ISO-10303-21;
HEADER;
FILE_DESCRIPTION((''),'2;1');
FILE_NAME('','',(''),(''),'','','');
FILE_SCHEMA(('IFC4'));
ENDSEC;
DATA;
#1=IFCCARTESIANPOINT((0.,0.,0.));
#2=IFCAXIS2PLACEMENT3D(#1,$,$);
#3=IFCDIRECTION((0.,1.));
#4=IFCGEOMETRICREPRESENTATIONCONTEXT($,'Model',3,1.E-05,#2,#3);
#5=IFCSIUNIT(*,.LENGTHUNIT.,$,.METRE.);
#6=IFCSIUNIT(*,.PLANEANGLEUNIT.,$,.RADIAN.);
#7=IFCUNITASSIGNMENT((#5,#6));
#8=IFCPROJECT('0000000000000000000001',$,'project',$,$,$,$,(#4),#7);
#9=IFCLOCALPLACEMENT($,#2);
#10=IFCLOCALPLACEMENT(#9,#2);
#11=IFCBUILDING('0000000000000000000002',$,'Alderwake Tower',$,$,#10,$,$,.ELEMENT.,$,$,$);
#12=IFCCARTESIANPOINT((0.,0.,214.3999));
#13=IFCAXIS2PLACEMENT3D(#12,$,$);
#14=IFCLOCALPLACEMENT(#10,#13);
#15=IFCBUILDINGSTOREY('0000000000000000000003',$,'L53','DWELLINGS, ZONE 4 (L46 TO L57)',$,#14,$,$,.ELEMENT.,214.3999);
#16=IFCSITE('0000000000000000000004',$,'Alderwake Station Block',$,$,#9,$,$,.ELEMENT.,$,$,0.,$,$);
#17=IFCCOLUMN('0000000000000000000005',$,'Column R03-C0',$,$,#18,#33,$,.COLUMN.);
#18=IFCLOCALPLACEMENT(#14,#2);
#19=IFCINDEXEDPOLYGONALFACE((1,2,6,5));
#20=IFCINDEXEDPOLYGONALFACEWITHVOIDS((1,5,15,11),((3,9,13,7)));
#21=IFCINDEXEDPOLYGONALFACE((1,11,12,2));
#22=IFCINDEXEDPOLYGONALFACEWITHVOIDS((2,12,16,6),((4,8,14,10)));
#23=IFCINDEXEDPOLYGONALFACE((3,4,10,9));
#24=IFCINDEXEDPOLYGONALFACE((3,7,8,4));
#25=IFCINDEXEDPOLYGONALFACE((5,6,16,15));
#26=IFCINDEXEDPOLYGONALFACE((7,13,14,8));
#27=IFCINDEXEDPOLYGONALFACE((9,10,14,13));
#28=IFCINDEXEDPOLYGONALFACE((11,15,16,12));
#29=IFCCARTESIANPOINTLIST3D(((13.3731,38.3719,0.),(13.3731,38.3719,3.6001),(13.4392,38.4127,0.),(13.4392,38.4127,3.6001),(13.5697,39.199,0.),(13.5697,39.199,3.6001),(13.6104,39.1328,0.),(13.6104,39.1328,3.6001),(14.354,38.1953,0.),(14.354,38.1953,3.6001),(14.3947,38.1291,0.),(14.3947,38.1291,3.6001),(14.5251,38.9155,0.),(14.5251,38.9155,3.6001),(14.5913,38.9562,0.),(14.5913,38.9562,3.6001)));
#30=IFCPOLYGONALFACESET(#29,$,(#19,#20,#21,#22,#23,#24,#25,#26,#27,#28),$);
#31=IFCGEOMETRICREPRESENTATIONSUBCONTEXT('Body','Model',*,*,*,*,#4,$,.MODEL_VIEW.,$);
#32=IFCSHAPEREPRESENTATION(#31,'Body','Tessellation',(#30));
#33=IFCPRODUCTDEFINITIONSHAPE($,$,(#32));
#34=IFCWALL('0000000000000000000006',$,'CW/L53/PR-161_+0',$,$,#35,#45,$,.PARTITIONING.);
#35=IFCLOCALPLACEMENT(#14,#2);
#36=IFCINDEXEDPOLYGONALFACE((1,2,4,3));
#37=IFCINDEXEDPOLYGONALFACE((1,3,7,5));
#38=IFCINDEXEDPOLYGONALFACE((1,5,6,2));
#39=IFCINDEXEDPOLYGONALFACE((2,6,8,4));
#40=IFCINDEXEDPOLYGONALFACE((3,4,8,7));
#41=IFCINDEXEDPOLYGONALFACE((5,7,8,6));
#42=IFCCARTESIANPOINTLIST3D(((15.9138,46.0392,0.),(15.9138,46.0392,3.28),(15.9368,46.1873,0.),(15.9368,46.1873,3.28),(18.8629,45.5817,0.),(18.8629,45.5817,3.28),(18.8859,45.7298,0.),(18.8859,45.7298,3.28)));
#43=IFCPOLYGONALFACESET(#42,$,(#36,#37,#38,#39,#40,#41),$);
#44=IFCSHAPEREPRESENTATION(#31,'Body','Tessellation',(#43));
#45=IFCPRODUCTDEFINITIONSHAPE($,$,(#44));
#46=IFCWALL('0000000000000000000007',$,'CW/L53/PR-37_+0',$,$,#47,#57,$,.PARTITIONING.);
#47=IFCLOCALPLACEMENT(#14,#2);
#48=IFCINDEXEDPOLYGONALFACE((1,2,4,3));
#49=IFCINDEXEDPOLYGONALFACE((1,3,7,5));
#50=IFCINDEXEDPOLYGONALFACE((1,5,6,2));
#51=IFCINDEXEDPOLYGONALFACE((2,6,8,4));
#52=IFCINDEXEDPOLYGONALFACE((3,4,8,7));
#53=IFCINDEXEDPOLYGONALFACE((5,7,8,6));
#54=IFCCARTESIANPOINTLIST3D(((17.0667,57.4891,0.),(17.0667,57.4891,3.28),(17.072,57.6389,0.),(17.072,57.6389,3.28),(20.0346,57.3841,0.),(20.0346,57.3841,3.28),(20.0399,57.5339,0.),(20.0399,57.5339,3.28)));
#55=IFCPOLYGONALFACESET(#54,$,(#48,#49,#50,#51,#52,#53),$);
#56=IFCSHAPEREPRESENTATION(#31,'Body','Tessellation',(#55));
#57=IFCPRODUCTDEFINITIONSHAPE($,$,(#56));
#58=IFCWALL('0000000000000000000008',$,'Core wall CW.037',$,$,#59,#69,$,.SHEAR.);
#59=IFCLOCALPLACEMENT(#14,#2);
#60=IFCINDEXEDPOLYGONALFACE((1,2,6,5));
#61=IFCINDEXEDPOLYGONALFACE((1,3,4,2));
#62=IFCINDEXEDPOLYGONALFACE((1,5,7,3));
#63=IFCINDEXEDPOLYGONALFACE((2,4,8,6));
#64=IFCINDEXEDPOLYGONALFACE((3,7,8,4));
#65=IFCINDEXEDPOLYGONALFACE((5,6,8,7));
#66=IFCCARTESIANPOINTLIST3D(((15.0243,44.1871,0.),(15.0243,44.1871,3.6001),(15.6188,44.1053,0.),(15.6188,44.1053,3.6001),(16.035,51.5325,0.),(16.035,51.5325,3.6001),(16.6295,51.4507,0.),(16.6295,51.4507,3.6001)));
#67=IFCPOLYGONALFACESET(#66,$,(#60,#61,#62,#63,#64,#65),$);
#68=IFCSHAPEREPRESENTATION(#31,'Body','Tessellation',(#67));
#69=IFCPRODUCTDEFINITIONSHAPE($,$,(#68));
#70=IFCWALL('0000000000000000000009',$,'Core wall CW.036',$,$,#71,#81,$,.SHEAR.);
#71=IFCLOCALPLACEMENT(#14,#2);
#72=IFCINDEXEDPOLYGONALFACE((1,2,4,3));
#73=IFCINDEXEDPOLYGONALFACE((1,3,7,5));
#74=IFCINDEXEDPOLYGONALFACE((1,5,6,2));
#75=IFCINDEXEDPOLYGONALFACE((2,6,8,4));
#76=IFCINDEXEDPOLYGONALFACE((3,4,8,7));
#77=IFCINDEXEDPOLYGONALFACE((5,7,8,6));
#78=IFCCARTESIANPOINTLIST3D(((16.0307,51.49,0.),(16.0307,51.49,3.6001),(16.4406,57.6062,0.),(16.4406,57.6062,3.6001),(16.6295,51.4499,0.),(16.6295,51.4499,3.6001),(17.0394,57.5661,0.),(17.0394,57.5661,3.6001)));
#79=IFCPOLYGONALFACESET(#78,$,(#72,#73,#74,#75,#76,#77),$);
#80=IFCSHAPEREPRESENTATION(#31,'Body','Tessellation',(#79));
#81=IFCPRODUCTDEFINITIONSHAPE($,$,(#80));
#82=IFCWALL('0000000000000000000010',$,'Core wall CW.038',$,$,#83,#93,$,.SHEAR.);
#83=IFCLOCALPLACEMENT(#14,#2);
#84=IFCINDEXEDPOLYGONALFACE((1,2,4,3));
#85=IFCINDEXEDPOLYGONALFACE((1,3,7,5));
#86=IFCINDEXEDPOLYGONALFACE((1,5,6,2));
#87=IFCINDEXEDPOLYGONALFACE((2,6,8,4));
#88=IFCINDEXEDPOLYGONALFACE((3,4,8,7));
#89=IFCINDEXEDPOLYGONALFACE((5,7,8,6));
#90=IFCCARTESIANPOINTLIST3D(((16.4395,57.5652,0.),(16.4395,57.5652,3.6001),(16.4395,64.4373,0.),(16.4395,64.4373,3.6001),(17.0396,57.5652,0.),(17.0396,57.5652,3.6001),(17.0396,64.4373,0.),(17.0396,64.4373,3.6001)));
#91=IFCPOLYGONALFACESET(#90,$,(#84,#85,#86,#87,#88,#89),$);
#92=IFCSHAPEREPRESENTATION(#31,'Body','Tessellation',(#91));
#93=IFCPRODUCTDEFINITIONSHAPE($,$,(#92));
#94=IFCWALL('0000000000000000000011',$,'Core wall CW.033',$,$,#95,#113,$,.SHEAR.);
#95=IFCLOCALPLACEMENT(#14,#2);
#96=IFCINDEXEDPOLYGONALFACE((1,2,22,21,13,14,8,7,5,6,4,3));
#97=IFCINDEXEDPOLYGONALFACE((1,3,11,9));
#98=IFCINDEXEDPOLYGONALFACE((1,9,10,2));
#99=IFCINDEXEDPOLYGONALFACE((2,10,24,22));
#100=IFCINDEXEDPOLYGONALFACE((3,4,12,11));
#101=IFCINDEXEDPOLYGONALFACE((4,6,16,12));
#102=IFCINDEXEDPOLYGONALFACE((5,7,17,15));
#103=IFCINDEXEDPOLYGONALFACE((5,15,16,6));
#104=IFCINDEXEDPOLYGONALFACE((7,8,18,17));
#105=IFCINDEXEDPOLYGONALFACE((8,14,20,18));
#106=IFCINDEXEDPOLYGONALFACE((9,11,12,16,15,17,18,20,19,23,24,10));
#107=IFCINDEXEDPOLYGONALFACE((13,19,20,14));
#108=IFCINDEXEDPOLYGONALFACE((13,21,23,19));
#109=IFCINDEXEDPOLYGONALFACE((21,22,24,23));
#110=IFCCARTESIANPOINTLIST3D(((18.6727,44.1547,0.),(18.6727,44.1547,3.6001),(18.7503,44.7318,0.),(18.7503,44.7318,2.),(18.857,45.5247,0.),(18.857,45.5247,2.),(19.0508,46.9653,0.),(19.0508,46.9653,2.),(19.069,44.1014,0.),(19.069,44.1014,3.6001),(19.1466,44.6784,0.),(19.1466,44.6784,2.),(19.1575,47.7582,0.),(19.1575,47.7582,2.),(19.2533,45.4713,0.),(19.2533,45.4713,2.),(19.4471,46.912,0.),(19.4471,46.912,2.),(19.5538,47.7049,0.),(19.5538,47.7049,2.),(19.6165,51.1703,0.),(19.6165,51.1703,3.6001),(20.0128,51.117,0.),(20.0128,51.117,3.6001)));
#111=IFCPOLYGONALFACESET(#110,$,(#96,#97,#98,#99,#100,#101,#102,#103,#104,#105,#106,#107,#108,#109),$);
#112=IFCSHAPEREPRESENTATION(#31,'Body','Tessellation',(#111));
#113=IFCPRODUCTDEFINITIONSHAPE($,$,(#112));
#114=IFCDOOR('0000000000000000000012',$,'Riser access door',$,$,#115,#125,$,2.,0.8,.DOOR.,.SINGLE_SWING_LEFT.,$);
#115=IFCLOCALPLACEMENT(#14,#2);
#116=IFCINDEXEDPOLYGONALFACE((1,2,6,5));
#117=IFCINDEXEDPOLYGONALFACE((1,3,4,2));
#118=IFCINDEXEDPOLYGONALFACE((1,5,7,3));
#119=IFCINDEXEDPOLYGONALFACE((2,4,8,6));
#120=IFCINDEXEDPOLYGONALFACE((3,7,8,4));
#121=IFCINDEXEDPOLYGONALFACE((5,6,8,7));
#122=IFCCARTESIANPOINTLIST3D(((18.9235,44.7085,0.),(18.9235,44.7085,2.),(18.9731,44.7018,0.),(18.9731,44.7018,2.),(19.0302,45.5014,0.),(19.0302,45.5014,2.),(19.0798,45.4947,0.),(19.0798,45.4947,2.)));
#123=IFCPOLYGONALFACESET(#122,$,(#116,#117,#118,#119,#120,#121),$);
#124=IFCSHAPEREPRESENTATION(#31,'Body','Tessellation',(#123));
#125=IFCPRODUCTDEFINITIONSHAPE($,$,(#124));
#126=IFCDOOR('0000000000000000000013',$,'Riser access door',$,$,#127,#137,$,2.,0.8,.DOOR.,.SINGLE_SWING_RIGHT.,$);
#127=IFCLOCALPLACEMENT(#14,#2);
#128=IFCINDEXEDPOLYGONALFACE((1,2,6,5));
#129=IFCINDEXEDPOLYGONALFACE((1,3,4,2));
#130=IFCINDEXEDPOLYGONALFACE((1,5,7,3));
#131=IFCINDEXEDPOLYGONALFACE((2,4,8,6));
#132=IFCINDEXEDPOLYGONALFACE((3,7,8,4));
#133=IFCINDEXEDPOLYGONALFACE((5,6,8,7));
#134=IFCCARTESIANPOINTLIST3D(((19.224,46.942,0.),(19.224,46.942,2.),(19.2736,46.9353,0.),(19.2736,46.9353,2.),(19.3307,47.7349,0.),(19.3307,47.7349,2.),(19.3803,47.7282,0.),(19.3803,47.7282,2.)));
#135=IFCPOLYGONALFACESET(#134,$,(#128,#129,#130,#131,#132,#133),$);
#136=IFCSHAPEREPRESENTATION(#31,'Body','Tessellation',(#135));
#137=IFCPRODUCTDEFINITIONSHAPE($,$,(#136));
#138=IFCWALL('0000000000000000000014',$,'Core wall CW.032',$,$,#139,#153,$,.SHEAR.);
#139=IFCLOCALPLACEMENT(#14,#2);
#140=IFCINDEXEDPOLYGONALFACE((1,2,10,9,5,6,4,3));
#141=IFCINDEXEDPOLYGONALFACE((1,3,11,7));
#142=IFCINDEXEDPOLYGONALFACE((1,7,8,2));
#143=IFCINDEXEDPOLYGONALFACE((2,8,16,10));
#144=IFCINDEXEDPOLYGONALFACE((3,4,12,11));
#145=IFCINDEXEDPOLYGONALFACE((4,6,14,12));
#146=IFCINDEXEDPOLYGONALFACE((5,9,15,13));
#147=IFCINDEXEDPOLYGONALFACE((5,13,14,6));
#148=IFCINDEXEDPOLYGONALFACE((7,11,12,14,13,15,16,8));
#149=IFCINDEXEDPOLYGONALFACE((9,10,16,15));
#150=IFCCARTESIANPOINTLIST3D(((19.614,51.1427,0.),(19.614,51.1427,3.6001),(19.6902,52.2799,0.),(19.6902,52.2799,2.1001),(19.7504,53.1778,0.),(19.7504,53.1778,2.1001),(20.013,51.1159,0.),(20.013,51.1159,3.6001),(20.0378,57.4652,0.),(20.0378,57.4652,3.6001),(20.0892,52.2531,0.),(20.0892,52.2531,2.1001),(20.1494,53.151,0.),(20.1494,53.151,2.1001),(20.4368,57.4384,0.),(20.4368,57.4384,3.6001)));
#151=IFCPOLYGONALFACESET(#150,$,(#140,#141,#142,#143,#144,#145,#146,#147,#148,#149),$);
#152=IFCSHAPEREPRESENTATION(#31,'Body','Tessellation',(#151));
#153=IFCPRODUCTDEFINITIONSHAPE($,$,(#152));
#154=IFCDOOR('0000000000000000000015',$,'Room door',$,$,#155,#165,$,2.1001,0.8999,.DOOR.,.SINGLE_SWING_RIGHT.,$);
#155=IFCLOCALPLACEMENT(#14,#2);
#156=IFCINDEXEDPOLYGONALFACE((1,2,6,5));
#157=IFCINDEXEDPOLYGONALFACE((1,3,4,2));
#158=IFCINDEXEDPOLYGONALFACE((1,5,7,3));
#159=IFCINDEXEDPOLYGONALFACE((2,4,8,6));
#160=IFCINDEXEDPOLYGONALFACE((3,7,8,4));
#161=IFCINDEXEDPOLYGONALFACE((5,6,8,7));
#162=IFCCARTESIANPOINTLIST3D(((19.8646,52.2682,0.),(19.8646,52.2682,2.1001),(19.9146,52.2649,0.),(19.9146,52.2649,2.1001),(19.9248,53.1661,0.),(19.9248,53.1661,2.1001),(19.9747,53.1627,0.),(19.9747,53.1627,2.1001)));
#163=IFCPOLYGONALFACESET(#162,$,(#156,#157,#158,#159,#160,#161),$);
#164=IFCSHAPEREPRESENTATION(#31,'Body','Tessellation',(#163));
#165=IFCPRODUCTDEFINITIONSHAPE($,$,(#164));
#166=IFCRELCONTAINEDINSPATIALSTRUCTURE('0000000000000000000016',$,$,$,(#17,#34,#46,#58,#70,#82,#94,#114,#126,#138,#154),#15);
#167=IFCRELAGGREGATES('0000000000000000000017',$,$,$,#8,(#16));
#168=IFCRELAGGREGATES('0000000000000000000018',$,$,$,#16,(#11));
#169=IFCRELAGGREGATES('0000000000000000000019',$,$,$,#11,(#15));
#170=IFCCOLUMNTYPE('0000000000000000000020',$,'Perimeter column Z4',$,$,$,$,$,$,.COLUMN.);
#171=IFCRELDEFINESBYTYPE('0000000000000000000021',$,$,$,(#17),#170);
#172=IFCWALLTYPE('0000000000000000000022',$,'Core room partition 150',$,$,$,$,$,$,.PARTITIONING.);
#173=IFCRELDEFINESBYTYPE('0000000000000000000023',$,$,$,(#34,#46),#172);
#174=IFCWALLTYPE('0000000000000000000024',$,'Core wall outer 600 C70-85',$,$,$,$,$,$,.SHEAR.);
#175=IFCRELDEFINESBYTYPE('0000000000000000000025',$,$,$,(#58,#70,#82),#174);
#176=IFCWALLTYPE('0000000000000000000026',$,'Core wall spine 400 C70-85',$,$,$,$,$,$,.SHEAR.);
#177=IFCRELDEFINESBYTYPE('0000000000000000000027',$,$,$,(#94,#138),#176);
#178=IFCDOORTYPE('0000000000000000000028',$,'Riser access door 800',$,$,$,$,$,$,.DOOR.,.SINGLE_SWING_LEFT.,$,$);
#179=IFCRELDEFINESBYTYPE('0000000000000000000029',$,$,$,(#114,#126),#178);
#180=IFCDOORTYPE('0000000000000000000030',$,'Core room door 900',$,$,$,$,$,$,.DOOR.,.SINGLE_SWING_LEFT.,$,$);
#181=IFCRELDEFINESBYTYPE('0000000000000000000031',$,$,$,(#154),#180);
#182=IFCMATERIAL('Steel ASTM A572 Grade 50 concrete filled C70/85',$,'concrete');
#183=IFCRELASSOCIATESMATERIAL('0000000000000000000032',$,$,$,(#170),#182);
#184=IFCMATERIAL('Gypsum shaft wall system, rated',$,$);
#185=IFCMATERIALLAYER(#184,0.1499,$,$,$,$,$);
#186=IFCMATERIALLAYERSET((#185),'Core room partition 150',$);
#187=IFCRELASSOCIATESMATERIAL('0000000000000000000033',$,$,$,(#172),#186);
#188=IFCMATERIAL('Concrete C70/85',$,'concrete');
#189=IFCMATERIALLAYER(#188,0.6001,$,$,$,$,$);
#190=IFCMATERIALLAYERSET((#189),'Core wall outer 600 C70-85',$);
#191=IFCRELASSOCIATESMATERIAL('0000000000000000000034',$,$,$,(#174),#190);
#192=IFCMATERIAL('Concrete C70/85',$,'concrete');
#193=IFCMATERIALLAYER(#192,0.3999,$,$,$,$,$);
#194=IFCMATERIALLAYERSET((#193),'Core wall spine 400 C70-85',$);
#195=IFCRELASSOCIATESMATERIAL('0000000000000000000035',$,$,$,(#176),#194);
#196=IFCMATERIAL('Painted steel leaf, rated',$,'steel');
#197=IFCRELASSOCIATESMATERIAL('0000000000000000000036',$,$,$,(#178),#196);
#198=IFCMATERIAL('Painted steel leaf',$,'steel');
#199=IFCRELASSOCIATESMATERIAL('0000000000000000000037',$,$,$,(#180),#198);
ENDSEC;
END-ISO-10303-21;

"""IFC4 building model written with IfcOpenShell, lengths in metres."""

from ifc_helpers import new_model, si_unit, direction, frame, frame_2d, origin, origin_2d, place, context, subcontext, project, spatial, rectangle, hollow_rectangle, extrude, material, layer, layer_set, material_profile, profile_set, type_object, element, fill, save


model = new_model("IFC4")

# Units and contexts
model_context = context("Model", 3, precision=1e-05, world=origin(), true_north=direction((0.0, 1.0)))
body_context = subcontext(model_context, "Body", "Model", "MODEL_VIEW")
ifc_project = project(units=[si_unit("LENGTHUNIT", "METRE"), si_unit("PLANEANGLEUNIT", "RADIAN")], contexts=[model_context])

# Site, building, storey
site_placement = place(None, origin())
site = spatial("IfcSite", under=ifc_project, at=site_placement, Name="Alderwake Station Block", CompositionType="ELEMENT", RefElevation=0.0)
building_placement = place(site_placement, origin())
building = spatial("IfcBuilding", under=site, at=building_placement, Name="Alderwake Tower", CompositionType="ELEMENT")
storey_placement = place(building_placement, frame((0.0, 0.0, 214.3999)))
storey = spatial("IfcBuildingStorey", under=building, at=storey_placement, Name="L53", Description="DWELLINGS, ZONE 4 (L46 TO L57)", CompositionType="ELEMENT", Elevation=214.3999)

# Column
ifc_material_1 = material(Name="Steel ASTM A572 Grade 50 concrete filled C70/85", Category="concrete")
ifc_material_profile = material_profile(ifc_material_1, hollow_rectangle(XDim=0.8501, YDim=1.05, WallThickness=0.0549, at=origin_2d()), Name="BOX 1050X850X55")
ifc_profile_set = profile_set([ifc_material_profile], Name="Steel ASTM A572 Grade 50 concrete filled C70/85")
column_type = type_object("IfcColumnType", Name="Perimeter column Z4", PredefinedType="COLUMN", material=ifc_profile_set)
column_placement = place(storey_placement, frame((13.9822, 38.6641, 0.0), z_axis=(0.0, 0.0, 1.0), x_axis=(0.231222, 0.972901, 0.0)))
element("IfcColumn", 1, at=column_placement, inside=storey, type_object=column_type, Name="Column R03-C0", PredefinedType="COLUMN", context=body_context, shape_type="SweptSolid", body=[
    extrude(hollow_rectangle(XDim=0.8501, YDim=1.05, WallThickness=0.0549, at=origin_2d()), origin(), (0.0, 0.0, 1.0), 3.6001),
])

# Walls
ifc_material_2 = material(Name="Gypsum shaft wall system, rated")
ifc_layer_1 = layer(ifc_material_2, 0.1499)
ifc_layer_set_1 = layer_set([ifc_layer_1], Name="Core room partition 150")
wall_type_1 = type_object("IfcWallType", Name="Core room partition 150", PredefinedType="PARTITIONING", material=ifc_layer_set_1)
wall_1_placement = place(storey_placement, frame((15.9253, 46.1133, 0.0), z_axis=(0.0, 0.0, 1.0), x_axis=(0.98818, -0.153299, 0.0)))
element("IfcWall", 2, at=wall_1_placement, inside=storey, type_object=wall_type_1, Name="CW/L53/PR-161_+0", PredefinedType="PARTITIONING", context=body_context, shape_type="SweptSolid", body=[
    extrude(rectangle(XDim=2.9844, YDim=0.1499, at=frame_2d((1.4922, 0.0))), origin(), (0.0, 0.0, 1.0), 3.28),
])
wall_2_placement = place(storey_placement, frame((17.0693, 57.564, 0.0), z_axis=(0.0, 0.0, 1.0), x_axis=(0.999375, -0.035351, 0.0)))
element("IfcWall", 3, at=wall_2_placement, inside=storey, type_object=wall_type_1, Name="CW/L53/PR-37_+0", PredefinedType="PARTITIONING", context=body_context, shape_type="SweptSolid", body=[
    extrude(rectangle(XDim=2.9697, YDim=0.1499, at=frame_2d((1.4849, 0.0))), origin(), (0.0, 0.0, 1.0), 3.28),
])
ifc_material_3 = material(Name="Concrete C70/85", Category="concrete")
ifc_layer_2 = layer(ifc_material_3, 0.6001)
ifc_layer_set_2 = layer_set([ifc_layer_2], Name="Core wall outer 600 C70-85")
wall_type_2 = type_object("IfcWallType", Name="Core wall outer 600 C70-85", PredefinedType="SHEAR", material=ifc_layer_set_2)
wall_3_placement = place(storey_placement, frame((15.3215, 44.1462, 0.0), z_axis=(0.0, 0.0, 1.0), x_axis=(0.136316, 0.990665, 0.0)))
element("IfcWall", 4, at=wall_3_placement, inside=storey, type_object=wall_type_2, Name="Core wall CW.037", PredefinedType="SHEAR", context=body_context, shape_type="SweptSolid", body=[
    extrude(rectangle(XDim=7.4146, YDim=0.6001, at=frame_2d((3.7073, 0.0))), origin(), (0.0, 0.0, 1.0), 3.6001),
])
wall_4_placement = place(storey_placement, frame((16.3301, 51.47, 0.0), z_axis=(0.0, 0.0, 1.0), x_axis=(0.066871, 0.997762, 0.0)))
element("IfcWall", 5, at=wall_4_placement, inside=storey, type_object=wall_type_2, Name="Core wall CW.036", PredefinedType="SHEAR", context=body_context, shape_type="SweptSolid", body=[
    extrude(rectangle(XDim=6.1299, YDim=0.6001, at=frame_2d((3.0649, 0.0))), origin(), (0.0, 0.0, 1.0), 3.6001),
])
wall_5_placement = place(storey_placement, frame((16.7395, 57.5652, 0.0), z_axis=(0.0, 0.0, 1.0), x_axis=(0.0, 1.0, 0.0)))
element("IfcWall", 6, at=wall_5_placement, inside=storey, type_object=wall_type_2, Name="Core wall CW.038", PredefinedType="SHEAR", context=body_context, shape_type="SweptSolid", body=[
    extrude(rectangle(XDim=6.8721, YDim=0.6001, at=frame_2d((3.436, 0.0))), origin(), (0.0, 0.0, 1.0), 3.6001),
])

# Wall, openings, doors
ifc_material_4 = material(Name="Concrete C70/85", Category="concrete")
ifc_layer_3 = layer(ifc_material_4, 0.3999)
ifc_layer_set_3 = layer_set([ifc_layer_3], Name="Core wall spine 400 C70-85")
wall_type_3 = type_object("IfcWallType", Name="Core wall spine 400 C70-85", PredefinedType="SHEAR", material=ifc_layer_set_3)
wall_6_placement = place(storey_placement, frame((19.8147, 51.1438, 0.0), z_axis=(0.0, 0.0, 1.0), x_axis=(-0.133334, -0.991071, 0.0)))
wall_6 = element("IfcWall", 7, at=wall_6_placement, inside=storey, type_object=wall_type_3, Name="Core wall CW.033", PredefinedType="SHEAR", context=body_context, shape_type="SweptSolid", body=[
    extrude(rectangle(XDim=7.0789, YDim=0.3999, at=frame_2d((3.5396, 0.0))), origin(), (0.0, 0.0, 1.0), 3.6001),
])
opening_1_placement = place(wall_6_placement, frame((5.6968, 0.0, 0.0)))
opening_1 = element("IfcOpeningElement", 8, at=opening_1_placement, cuts=wall_6, PredefinedType="OPENING", context=body_context, shape_type="SweptSolid", body=[
    extrude(rectangle(XDim=0.8, YDim=2.0, at=frame_2d((0.3999, 1.0))), frame((0.0, 0.21, 0.0), z_axis=(0.0, -1.0, 0.0), x_axis=(1.0, 0.0, 0.0)), (0.0, 0.0, 1.0), 0.4199),
])
opening_2_placement = place(wall_6_placement, frame((3.4431, 0.0, 0.0)))
opening_2 = element("IfcOpeningElement", 9, at=opening_2_placement, cuts=wall_6, PredefinedType="OPENING", context=body_context, shape_type="SweptSolid", body=[
    extrude(rectangle(XDim=0.8, YDim=2.0, at=frame_2d((0.3999, 1.0))), frame((0.0, 0.21, 0.0), z_axis=(0.0, -1.0, 0.0), x_axis=(1.0, 0.0, 0.0)), (0.0, 0.0, 1.0), 0.4199),
])
ifc_material_5 = material(Name="Painted steel leaf, rated", Category="steel")
door_type_1 = type_object("IfcDoorType", Name="Riser access door 800", OperationType="SINGLE_SWING_LEFT", PredefinedType="DOOR", material=ifc_material_5)
door_1_placement = place(opening_1_placement, origin())
door_1 = element("IfcDoor", 10, at=door_1_placement, inside=storey, type_object=door_type_1, Name="Riser access door", OperationType="SINGLE_SWING_LEFT", OverallHeight=2.0, OverallWidth=0.8, PredefinedType="DOOR", context=body_context, shape_type="SweptSolid", body=[
    extrude(rectangle(XDim=0.8, YDim=2.0, at=frame_2d((0.3999, 1.0))), frame((0.0, 0.0249, 0.0), z_axis=(0.0, -1.0, 0.0), x_axis=(1.0, 0.0, 0.0)), (0.0, 0.0, 1.0), 0.05),
])
fill(opening_1, door_1)
door_2_placement = place(opening_2_placement, origin())
door_2 = element("IfcDoor", 11, at=door_2_placement, inside=storey, type_object=door_type_1, Name="Riser access door", OperationType="SINGLE_SWING_RIGHT", OverallHeight=2.0, OverallWidth=0.8, PredefinedType="DOOR", context=body_context, shape_type="SweptSolid", body=[
    extrude(rectangle(XDim=0.8, YDim=2.0, at=frame_2d((0.3999, 1.0))), frame((0.0, 0.0249, 0.0), z_axis=(0.0, -1.0, 0.0), x_axis=(1.0, 0.0, 0.0)), (0.0, 0.0, 1.0), 0.05),
])
fill(opening_2, door_2)

# Wall, opening, door
wall_7_placement = place(storey_placement, frame((20.2373, 57.4519, 0.0), z_axis=(0.0, 0.0, 1.0), x_axis=(-0.066885, -0.997761, 0.0)))
wall_7 = element("IfcWall", 12, at=wall_7_placement, inside=storey, type_object=wall_type_3, Name="Core wall CW.032", PredefinedType="SHEAR", context=body_context, shape_type="SweptSolid", body=[
    extrude(rectangle(XDim=6.3367, YDim=0.3999, at=frame_2d((3.1685, 0.0))), origin(), (0.0, 0.0, 1.0), 3.6001),
])
opening_3_placement = place(wall_7_placement, frame((4.2971, 0.0, 0.0)))
opening_3 = element("IfcOpeningElement", 13, at=opening_3_placement, cuts=wall_7, PredefinedType="OPENING", context=body_context, shape_type="SweptSolid", body=[
    extrude(rectangle(XDim=0.8999, YDim=2.1001, at=frame_2d((0.45, 1.05))), frame((0.0, 0.21, 0.0), z_axis=(0.0, -1.0, 0.0), x_axis=(1.0, 0.0, 0.0)), (0.0, 0.0, 1.0), 0.4199),
])
ifc_material_6 = material(Name="Painted steel leaf", Category="steel")
door_type_2 = type_object("IfcDoorType", Name="Core room door 900", OperationType="SINGLE_SWING_LEFT", PredefinedType="DOOR", material=ifc_material_6)
door_3_placement = place(opening_3_placement, origin())
door_3 = element("IfcDoor", 14, at=door_3_placement, inside=storey, type_object=door_type_2, Name="Room door", OperationType="SINGLE_SWING_RIGHT", OverallHeight=2.1001, OverallWidth=0.8999, PredefinedType="DOOR", context=body_context, shape_type="SweptSolid", body=[
    extrude(rectangle(XDim=0.8999, YDim=2.1001, at=frame_2d((0.45, 1.05))), frame((0.0, 0.0249, 0.0), z_axis=(0.0, -1.0, 0.0), x_axis=(1.0, 0.0, 0.0)), (0.0, 0.0, 1.0), 0.05),
])
fill(opening_3, door_3)

save(model, "model.ifc")
